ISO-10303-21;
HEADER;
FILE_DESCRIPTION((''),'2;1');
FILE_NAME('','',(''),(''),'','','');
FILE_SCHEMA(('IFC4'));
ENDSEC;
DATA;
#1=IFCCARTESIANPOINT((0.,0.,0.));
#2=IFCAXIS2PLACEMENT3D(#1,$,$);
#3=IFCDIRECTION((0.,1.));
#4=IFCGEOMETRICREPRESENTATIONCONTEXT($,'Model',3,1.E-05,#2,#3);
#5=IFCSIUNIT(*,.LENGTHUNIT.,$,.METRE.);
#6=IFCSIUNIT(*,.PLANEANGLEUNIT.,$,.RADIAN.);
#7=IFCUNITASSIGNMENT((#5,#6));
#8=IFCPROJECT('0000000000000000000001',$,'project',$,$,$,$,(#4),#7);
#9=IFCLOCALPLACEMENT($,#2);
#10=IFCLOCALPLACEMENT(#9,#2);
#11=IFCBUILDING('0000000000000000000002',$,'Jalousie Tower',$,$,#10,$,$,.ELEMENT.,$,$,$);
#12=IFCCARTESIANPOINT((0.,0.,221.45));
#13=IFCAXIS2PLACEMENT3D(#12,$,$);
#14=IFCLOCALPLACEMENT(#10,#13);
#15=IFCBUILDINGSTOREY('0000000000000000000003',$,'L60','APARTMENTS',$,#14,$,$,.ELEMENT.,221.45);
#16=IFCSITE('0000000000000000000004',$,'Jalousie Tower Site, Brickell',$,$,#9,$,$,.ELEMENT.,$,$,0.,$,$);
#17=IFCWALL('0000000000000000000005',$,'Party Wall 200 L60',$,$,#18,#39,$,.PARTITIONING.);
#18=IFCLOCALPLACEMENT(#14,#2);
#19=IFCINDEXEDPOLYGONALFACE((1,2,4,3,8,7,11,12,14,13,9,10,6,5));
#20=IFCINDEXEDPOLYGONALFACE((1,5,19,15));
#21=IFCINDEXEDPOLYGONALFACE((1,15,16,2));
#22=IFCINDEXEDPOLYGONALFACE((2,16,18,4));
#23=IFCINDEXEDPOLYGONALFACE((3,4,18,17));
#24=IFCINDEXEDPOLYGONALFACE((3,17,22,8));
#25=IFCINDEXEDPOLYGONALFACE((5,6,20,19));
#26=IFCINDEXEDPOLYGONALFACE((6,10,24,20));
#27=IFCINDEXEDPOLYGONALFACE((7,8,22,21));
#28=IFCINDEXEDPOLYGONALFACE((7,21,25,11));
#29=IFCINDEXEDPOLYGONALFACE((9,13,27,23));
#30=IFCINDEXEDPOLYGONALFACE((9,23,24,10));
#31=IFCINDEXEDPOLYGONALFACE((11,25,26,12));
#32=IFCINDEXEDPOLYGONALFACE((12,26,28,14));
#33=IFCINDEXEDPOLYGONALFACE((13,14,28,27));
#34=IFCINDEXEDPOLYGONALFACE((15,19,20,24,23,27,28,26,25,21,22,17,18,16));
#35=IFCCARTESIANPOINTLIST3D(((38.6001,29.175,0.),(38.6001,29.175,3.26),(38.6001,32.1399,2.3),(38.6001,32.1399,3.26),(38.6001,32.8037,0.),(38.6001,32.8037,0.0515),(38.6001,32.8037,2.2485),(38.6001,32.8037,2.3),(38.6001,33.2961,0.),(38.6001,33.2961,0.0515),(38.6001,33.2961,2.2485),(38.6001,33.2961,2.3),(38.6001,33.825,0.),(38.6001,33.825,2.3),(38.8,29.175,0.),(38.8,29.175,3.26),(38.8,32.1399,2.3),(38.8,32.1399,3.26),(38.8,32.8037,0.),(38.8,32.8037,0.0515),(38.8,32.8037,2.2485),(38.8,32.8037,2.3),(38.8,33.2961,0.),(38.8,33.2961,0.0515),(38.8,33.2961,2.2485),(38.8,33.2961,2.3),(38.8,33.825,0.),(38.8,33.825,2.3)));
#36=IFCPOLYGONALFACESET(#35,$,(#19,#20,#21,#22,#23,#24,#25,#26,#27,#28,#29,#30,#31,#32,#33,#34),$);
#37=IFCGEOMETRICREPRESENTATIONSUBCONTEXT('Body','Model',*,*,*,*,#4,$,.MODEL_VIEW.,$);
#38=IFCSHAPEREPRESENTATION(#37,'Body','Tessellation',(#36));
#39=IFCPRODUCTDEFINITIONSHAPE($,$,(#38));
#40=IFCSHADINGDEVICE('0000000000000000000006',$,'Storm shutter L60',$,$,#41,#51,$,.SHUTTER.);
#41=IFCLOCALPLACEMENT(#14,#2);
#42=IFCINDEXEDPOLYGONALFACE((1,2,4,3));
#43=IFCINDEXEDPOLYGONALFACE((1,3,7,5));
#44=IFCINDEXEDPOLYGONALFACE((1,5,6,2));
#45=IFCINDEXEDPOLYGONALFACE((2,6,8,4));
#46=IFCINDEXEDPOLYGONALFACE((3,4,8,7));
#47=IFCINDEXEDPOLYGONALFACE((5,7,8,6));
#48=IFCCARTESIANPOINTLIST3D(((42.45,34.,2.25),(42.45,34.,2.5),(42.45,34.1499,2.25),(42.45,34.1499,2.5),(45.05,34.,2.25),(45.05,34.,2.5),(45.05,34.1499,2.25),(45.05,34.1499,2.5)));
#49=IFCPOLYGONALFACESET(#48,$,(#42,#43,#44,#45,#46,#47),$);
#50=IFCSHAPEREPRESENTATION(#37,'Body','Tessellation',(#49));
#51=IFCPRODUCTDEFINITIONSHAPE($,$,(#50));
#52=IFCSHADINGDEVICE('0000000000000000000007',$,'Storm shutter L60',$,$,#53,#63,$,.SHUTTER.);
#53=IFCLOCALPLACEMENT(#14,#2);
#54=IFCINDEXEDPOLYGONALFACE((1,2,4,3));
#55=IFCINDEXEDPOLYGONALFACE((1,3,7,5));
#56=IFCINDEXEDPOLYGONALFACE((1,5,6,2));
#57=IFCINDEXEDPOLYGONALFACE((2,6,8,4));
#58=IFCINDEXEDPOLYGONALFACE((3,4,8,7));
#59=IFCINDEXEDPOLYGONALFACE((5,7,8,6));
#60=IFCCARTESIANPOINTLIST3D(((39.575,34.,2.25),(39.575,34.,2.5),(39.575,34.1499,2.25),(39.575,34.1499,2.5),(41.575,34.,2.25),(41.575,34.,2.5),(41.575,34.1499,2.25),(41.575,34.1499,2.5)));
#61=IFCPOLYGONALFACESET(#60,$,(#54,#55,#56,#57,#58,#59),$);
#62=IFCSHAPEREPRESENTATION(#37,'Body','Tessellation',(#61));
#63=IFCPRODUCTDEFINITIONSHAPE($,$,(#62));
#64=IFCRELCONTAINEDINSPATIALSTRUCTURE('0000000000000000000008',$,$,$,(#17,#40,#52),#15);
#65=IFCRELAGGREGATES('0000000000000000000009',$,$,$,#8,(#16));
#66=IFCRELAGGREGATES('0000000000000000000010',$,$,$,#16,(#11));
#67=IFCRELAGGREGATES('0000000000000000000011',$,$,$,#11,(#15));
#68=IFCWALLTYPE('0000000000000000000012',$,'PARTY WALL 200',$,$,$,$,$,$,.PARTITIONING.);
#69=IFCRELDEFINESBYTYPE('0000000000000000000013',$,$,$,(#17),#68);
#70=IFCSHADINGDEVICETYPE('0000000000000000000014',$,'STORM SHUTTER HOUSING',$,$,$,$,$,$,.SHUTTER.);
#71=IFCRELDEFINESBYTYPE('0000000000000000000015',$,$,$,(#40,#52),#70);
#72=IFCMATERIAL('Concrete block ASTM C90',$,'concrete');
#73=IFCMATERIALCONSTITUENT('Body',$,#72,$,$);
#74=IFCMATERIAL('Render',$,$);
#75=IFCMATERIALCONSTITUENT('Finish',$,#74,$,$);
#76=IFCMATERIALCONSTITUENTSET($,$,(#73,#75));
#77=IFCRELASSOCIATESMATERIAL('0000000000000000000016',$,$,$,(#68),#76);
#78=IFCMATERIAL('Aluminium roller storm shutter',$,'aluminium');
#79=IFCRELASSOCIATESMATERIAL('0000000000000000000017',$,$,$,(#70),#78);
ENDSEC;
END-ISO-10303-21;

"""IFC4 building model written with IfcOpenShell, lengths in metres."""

from ifc_helpers import new_model, si_unit, direction, frame, origin, origin_2d, place, context, subcontext, project, spatial, polyline, rectangle, outline, extrude, material, constituent, constituent_set, type_object, element, save


model = new_model("IFC4")

# Units and contexts
model_context = context("Model", 3, precision=1e-05, world=origin(), true_north=direction((0.0, 1.0)))
body_context = subcontext(model_context, "Body", "Model", "MODEL_VIEW")
ifc_project = project(units=[si_unit("LENGTHUNIT", "METRE"), si_unit("PLANEANGLEUNIT", "RADIAN")], contexts=[model_context])

# Site, building, storey
site_placement = place(None, origin())
site = spatial("IfcSite", under=ifc_project, at=site_placement, Name="Jalousie Tower Site, Brickell", CompositionType="ELEMENT", RefElevation=0.0)
building_placement = place(site_placement, origin())
building = spatial("IfcBuilding", under=site, at=building_placement, Name="Jalousie Tower", CompositionType="ELEMENT")
storey_placement = place(building_placement, frame((0.0, 0.0, 221.45)))
storey = spatial("IfcBuildingStorey", under=building, at=storey_placement, Name="L60", Description="APARTMENTS", CompositionType="ELEMENT", Elevation=221.45)

# Wall
ifc_material_1 = material(Name="Concrete block ASTM C90", Category="concrete")
ifc_constituent_1 = constituent(ifc_material_1, Name="Body")
ifc_material_2 = material(Name="Render")
ifc_constituent_2 = constituent(ifc_material_2, Name="Finish")
ifc_constituent_set_1 = constituent_set(constituents=[ifc_constituent_1, ifc_constituent_2])
wall_type_1 = type_object("IfcWallType", Name="PARTY WALL 200", PredefinedType="PARTITIONING", material=ifc_constituent_set_1)
wall_1_placement = place(storey_placement, frame((38.7, 33.825, 0.0), z_axis=(0.0, 0.0, 1.0), x_axis=(0.0, -1.0, 0.0)))
element("IfcWall", 1, at=wall_1_placement, inside=storey, type_object=wall_type_1, Name="Party Wall 200 L60", PredefinedType="PARTITIONING", context=body_context, shape_type="SweptSolid", body=[
    extrude(outline(polyline([(0.5288, 2.3), (0.0, 2.3), (0.0, 0.0), (0.5288, 0.0), (0.5288, 0.0515), (1.0212, 0.0515), (1.0212, 0.0), (4.6499, 0.0), (4.6499, 3.26), (1.6851, 3.26), (1.6851, 2.3), (1.0212, 2.3), (1.0212, 2.2485), (0.5288, 2.2485), (0.5288, 2.3)])), frame((0.0, 0.1001, 0.0), z_axis=(0.0, -1.0, 0.0), x_axis=(1.0, 0.0, 0.0)), (0.0, 0.0, 1.0), 0.2),
])

# Shading devices
ifc_material_3 = material(Name="Aluminium roller storm shutter", Category="aluminium")
shading_device_type = type_object("IfcShadingDeviceType", Name="STORM SHUTTER HOUSING", PredefinedType="SHUTTER", material=ifc_material_3)
shading_device_1_placement = place(storey_placement, frame((43.75, 34.075, 2.25), z_axis=(0.0, 0.0, 1.0), x_axis=(-1.0, 0.0, 0.0)))
element("IfcShadingDevice", 2, at=shading_device_1_placement, inside=storey, type_object=shading_device_type, Name="Storm shutter L60", PredefinedType="SHUTTER", context=body_context, shape_type="SweptSolid", body=[
    extrude(rectangle(XDim=2.6001, YDim=0.1499, at=origin_2d()), origin(), (0.0, 0.0, 1.0), 0.25),
])
shading_device_2_placement = place(storey_placement, frame((40.575, 34.075, 2.25), z_axis=(0.0, 0.0, 1.0), x_axis=(-1.0, 0.0, 0.0)))
element("IfcShadingDevice", 3, at=shading_device_2_placement, inside=storey, type_object=shading_device_type, Name="Storm shutter L60", PredefinedType="SHUTTER", context=body_context, shape_type="SweptSolid", body=[
    extrude(rectangle(XDim=2.0, YDim=0.1499, at=origin_2d()), origin(), (0.0, 0.0, 1.0), 0.25),
])

save(model, "model.ifc")
